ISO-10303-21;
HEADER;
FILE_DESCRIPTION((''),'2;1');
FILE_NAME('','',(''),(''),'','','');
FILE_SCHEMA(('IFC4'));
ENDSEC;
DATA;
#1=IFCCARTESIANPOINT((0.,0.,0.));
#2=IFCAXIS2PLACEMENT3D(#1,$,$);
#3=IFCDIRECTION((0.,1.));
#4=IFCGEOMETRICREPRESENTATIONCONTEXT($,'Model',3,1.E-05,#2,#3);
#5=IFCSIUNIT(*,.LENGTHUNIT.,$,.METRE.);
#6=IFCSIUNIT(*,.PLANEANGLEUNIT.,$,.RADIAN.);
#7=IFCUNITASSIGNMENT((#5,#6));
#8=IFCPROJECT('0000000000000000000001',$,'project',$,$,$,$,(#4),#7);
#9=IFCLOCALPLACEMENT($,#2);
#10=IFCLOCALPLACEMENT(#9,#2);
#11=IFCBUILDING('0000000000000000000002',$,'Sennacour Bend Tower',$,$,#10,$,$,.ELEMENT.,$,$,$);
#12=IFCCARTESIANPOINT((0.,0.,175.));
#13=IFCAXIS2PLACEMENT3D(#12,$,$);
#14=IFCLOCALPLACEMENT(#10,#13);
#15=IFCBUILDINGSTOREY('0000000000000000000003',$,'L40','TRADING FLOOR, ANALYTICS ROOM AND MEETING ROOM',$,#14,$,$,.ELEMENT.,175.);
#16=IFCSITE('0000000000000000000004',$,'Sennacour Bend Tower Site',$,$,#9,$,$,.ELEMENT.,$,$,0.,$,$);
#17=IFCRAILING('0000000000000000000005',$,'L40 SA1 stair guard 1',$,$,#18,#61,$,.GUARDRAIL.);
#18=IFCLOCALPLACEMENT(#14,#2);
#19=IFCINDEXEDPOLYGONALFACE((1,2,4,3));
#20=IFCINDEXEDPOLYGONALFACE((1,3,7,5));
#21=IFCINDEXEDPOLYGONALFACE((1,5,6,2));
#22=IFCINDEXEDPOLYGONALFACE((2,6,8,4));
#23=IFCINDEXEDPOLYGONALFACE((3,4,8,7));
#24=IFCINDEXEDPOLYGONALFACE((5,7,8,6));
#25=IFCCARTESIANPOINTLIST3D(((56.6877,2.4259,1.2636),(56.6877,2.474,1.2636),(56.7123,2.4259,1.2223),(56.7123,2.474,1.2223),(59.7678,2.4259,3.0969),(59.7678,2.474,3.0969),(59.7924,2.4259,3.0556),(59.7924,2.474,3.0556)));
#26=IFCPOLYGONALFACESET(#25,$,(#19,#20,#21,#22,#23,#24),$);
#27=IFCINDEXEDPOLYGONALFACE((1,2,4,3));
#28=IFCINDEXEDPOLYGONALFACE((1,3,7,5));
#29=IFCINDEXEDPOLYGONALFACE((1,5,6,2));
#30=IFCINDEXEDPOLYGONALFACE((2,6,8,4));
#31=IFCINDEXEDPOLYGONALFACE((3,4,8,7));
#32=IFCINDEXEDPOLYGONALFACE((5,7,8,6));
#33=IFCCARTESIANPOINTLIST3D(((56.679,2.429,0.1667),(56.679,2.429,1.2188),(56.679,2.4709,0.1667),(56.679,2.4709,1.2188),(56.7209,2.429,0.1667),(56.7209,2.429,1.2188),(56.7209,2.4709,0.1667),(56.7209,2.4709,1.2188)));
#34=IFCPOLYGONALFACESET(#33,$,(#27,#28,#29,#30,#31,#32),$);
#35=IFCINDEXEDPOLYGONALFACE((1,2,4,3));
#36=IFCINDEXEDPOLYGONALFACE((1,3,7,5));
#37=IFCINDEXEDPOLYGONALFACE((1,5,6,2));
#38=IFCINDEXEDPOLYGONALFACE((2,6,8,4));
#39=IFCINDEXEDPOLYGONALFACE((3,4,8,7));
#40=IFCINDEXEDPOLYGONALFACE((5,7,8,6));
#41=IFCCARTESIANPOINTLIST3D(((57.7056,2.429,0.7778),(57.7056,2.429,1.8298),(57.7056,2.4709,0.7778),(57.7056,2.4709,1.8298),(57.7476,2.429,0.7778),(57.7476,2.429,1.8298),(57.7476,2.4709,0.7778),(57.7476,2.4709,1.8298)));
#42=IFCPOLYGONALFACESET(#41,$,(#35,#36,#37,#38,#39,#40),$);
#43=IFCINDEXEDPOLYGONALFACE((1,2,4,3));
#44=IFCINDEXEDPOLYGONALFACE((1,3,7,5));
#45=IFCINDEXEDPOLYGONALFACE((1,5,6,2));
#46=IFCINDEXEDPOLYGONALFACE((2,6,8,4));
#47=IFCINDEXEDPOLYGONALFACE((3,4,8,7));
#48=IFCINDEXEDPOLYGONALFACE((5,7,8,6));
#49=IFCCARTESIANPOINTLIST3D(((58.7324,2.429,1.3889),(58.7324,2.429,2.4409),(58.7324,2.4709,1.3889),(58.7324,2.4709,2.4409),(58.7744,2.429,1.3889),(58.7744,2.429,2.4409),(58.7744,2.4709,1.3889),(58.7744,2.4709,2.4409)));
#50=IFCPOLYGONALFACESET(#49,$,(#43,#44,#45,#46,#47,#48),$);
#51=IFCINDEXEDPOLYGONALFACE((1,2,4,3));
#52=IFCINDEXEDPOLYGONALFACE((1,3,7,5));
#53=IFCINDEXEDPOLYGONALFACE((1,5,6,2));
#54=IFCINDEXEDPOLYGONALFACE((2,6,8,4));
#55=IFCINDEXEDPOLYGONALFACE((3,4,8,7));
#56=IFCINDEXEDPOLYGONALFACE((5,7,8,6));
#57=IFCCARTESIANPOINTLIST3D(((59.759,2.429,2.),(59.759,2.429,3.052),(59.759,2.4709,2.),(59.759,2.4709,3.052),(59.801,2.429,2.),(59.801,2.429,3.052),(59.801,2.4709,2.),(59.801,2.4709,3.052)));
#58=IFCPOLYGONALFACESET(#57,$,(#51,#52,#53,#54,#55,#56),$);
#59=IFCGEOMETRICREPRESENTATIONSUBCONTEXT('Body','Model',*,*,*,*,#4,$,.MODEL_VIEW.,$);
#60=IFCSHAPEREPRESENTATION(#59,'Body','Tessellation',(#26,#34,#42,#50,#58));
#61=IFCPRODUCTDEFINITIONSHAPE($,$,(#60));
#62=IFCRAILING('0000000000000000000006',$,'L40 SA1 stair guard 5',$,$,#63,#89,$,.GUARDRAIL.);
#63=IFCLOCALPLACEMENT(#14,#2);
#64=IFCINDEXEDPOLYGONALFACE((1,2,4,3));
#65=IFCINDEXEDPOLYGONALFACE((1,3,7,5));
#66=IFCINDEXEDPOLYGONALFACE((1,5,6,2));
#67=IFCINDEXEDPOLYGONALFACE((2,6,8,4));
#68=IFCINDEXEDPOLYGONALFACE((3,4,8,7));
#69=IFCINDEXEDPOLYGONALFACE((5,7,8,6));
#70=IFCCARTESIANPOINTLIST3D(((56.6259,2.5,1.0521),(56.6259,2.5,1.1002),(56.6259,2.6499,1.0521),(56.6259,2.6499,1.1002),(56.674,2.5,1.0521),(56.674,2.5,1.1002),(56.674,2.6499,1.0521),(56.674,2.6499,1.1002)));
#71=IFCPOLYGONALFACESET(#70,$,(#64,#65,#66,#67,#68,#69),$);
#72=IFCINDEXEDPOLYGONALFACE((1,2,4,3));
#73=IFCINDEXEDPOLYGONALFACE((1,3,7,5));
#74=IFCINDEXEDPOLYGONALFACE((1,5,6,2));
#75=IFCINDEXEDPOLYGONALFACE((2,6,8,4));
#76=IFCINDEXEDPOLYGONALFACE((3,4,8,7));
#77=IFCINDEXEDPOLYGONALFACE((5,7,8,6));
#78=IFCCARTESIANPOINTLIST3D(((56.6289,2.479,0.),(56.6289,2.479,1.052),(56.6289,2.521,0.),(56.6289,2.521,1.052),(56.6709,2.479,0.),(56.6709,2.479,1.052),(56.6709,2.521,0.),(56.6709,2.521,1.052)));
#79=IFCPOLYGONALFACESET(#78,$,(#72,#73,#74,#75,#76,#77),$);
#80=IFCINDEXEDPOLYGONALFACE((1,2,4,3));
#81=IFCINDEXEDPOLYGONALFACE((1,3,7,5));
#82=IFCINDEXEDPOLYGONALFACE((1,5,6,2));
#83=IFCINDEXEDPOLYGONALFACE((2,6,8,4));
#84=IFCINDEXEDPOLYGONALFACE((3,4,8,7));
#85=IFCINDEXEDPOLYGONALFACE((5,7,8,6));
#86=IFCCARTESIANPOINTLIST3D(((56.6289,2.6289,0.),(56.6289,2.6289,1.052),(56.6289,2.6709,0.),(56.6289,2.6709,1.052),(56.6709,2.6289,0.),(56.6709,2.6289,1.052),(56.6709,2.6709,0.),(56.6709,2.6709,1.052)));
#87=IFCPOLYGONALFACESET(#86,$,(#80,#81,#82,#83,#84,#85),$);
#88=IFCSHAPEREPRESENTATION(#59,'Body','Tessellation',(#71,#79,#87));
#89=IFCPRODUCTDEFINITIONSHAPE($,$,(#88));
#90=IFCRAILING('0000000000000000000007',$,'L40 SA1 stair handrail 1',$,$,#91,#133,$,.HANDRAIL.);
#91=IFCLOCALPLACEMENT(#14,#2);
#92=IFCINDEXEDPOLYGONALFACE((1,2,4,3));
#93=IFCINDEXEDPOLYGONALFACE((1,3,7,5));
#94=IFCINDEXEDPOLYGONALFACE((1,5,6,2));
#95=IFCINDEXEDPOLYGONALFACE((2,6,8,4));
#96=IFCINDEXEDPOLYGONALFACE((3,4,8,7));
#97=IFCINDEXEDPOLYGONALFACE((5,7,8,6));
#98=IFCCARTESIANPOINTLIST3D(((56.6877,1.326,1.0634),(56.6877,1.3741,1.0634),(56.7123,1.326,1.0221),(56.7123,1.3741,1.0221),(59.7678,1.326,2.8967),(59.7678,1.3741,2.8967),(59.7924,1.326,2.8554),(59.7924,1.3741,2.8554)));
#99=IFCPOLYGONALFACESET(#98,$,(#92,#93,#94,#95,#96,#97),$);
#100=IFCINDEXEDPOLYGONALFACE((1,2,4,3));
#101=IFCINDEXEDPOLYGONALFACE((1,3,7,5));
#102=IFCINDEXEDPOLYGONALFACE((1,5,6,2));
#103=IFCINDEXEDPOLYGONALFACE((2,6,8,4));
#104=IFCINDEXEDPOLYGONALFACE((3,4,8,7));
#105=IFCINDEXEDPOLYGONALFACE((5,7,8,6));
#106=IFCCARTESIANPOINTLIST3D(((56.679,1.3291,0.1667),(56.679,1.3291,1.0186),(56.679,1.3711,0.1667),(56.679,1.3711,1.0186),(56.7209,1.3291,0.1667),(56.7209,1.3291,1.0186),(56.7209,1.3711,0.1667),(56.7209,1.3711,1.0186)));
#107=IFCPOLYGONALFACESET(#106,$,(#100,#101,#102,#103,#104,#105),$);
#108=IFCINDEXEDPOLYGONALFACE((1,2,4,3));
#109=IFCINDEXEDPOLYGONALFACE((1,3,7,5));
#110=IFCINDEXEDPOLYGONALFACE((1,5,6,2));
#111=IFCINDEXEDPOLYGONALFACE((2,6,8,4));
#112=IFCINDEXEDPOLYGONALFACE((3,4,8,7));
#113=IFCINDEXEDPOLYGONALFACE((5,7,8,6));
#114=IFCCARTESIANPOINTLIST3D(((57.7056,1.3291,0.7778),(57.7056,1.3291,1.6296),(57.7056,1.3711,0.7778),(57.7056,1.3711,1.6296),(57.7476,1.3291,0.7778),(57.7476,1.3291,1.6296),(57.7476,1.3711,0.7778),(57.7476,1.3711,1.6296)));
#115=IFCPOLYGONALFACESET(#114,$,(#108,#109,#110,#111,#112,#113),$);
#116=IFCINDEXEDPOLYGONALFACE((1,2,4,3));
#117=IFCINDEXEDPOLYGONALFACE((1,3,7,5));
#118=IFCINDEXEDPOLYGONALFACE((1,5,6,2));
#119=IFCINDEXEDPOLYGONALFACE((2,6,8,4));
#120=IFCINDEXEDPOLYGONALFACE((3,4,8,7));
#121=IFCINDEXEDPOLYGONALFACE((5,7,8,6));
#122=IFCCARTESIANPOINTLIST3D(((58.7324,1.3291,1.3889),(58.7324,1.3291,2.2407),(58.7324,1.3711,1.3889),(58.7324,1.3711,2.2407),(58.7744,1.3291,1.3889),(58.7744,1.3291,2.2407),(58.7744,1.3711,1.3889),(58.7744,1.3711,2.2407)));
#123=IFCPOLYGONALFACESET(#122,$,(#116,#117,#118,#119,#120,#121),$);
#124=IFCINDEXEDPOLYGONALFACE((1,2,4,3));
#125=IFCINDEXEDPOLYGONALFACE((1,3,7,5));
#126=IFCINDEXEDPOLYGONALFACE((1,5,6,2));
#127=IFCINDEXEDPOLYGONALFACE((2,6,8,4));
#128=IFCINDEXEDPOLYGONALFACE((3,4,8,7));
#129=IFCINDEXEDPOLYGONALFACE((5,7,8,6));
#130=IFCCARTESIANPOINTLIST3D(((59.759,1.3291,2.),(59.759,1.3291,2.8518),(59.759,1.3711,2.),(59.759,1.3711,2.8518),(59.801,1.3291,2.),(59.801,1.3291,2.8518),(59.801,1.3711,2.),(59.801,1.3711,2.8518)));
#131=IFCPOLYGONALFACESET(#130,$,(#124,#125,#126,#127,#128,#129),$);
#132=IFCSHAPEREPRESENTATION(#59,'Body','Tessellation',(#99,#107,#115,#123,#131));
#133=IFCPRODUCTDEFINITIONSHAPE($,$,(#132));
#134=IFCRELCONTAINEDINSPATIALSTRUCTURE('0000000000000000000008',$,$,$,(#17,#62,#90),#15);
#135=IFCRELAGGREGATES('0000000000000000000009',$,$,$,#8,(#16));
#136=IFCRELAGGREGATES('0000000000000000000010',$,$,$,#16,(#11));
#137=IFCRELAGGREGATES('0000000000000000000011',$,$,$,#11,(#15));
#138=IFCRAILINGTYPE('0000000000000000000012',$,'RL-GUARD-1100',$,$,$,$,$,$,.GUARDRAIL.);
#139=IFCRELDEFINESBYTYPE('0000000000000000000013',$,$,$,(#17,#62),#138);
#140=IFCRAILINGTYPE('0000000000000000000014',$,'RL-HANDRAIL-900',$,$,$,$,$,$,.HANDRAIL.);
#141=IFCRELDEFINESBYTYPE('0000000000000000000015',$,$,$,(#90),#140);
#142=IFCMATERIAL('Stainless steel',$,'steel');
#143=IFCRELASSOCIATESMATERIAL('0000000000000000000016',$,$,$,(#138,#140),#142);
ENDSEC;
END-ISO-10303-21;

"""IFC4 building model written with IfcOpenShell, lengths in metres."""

from ifc_helpers import new_model, si_unit, direction, frame, origin, origin_2d, place, context, subcontext, project, spatial, rectangle, extrude, material, type_object, element, save


model = new_model("IFC4")

# Units and contexts
model_context = context("Model", 3, precision=1e-05, world=origin(), true_north=direction((0.0, 1.0)))
body_context = subcontext(model_context, "Body", "Model", "MODEL_VIEW")
ifc_project = project(units=[si_unit("LENGTHUNIT", "METRE"), si_unit("PLANEANGLEUNIT", "RADIAN")], contexts=[model_context])

# Site, building, storey
site_placement = place(None, origin())
site = spatial("IfcSite", under=ifc_project, at=site_placement, Name="Sennacour Bend Tower Site", CompositionType="ELEMENT", RefElevation=0.0)
building_placement = place(site_placement, origin())
building = spatial("IfcBuilding", under=site, at=building_placement, Name="Sennacour Bend Tower", CompositionType="ELEMENT")
storey_placement = place(building_placement, frame((0.0, 0.0, 175.0)))
storey = spatial("IfcBuildingStorey", under=building, at=storey_placement, Name="L40", Description="TRADING FLOOR, ANALYTICS ROOM AND MEETING ROOM", CompositionType="ELEMENT", Elevation=175.0)

# Shared definitions
ifc_material_1 = material(Name="Stainless steel", Category="steel")

# Railings
railing_type_1 = type_object("IfcRailingType", Name="RL-GUARD-1100", PredefinedType="GUARDRAIL", material=ifc_material_1)
railing_1_placement = place(storey_placement, frame((56.7, 2.45, 0.1667)))
element("IfcRailing", 1, at=railing_1_placement, inside=storey, type_object=railing_type_1, Name="L40 SA1 stair guard 1", PredefinedType="GUARDRAIL", context=body_context, shape_type="SweptSolid", body=[
    extrude(rectangle(XDim=0.0481, YDim=0.0481, at=origin_2d()), frame((0.0, 0.0, 1.0762), z_axis=(0.859309, 0.0, 0.511458), x_axis=(0.0, 1.0, 0.0)), (0.0, 0.0, 1.0), 3.5845),
    extrude(rectangle(XDim=0.042, YDim=0.042, at=origin_2d()), origin(), (0.0, 0.0, 1.0), 1.052),
    extrude(rectangle(XDim=0.042, YDim=0.042, at=origin_2d()), frame((1.0266, 0.0, 0.6111)), (0.0, 0.0, 1.0), 1.052),
    extrude(rectangle(XDim=0.042, YDim=0.042, at=origin_2d()), frame((2.0535, 0.0, 1.2222)), (0.0, 0.0, 1.0), 1.052),
    extrude(rectangle(XDim=0.042, YDim=0.042, at=origin_2d()), frame((3.0801, 0.0, 1.8333)), (0.0, 0.0, 1.0), 1.052),
])
railing_2_placement = place(storey_placement, frame((56.6499, 2.5, 0.0)))
element("IfcRailing", 2, at=railing_2_placement, inside=storey, type_object=railing_type_1, Name="L40 SA1 stair guard 5", PredefinedType="GUARDRAIL", context=body_context, shape_type="SweptSolid", body=[
    extrude(rectangle(XDim=0.0481, YDim=0.0481, at=origin_2d()), frame((0.0, 0.0, 1.0762), z_axis=(0.0, 1.0, 0.0), x_axis=(-1.0, 0.0, 0.0)), (0.0, 0.0, 1.0), 0.1499),
    extrude(rectangle(XDim=0.042, YDim=0.042, at=origin_2d()), origin(), (0.0, 0.0, 1.0), 1.052),
    extrude(rectangle(XDim=0.042, YDim=0.042, at=origin_2d()), frame((0.0, 0.1499, 0.0)), (0.0, 0.0, 1.0), 1.052),
])
railing_type_2 = type_object("IfcRailingType", Name="RL-HANDRAIL-900", PredefinedType="HANDRAIL", material=ifc_material_1)
railing_3_placement = place(storey_placement, frame((56.7, 1.3501, 0.1667)))
element("IfcRailing", 3, at=railing_3_placement, inside=storey, type_object=railing_type_2, Name="L40 SA1 stair handrail 1", PredefinedType="HANDRAIL", context=body_context, shape_type="SweptSolid", body=[
    extrude(rectangle(XDim=0.0481, YDim=0.0481, at=origin_2d()), frame((0.0, 0.0, 0.876), z_axis=(0.859309, 0.0, 0.511458), x_axis=(0.0, 1.0, 0.0)), (0.0, 0.0, 1.0), 3.5845),
    extrude(rectangle(XDim=0.042, YDim=0.042, at=origin_2d()), origin(), (0.0, 0.0, 1.0), 0.8518),
    extrude(rectangle(XDim=0.042, YDim=0.042, at=origin_2d()), frame((1.0266, 0.0, 0.6111)), (0.0, 0.0, 1.0), 0.8518),
    extrude(rectangle(XDim=0.042, YDim=0.042, at=origin_2d()), frame((2.0535, 0.0, 1.2222)), (0.0, 0.0, 1.0), 0.8518),
    extrude(rectangle(XDim=0.042, YDim=0.042, at=origin_2d()), frame((3.0801, 0.0, 1.8333)), (0.0, 0.0, 1.0), 0.8518),
])

save(model, "model.ifc")
